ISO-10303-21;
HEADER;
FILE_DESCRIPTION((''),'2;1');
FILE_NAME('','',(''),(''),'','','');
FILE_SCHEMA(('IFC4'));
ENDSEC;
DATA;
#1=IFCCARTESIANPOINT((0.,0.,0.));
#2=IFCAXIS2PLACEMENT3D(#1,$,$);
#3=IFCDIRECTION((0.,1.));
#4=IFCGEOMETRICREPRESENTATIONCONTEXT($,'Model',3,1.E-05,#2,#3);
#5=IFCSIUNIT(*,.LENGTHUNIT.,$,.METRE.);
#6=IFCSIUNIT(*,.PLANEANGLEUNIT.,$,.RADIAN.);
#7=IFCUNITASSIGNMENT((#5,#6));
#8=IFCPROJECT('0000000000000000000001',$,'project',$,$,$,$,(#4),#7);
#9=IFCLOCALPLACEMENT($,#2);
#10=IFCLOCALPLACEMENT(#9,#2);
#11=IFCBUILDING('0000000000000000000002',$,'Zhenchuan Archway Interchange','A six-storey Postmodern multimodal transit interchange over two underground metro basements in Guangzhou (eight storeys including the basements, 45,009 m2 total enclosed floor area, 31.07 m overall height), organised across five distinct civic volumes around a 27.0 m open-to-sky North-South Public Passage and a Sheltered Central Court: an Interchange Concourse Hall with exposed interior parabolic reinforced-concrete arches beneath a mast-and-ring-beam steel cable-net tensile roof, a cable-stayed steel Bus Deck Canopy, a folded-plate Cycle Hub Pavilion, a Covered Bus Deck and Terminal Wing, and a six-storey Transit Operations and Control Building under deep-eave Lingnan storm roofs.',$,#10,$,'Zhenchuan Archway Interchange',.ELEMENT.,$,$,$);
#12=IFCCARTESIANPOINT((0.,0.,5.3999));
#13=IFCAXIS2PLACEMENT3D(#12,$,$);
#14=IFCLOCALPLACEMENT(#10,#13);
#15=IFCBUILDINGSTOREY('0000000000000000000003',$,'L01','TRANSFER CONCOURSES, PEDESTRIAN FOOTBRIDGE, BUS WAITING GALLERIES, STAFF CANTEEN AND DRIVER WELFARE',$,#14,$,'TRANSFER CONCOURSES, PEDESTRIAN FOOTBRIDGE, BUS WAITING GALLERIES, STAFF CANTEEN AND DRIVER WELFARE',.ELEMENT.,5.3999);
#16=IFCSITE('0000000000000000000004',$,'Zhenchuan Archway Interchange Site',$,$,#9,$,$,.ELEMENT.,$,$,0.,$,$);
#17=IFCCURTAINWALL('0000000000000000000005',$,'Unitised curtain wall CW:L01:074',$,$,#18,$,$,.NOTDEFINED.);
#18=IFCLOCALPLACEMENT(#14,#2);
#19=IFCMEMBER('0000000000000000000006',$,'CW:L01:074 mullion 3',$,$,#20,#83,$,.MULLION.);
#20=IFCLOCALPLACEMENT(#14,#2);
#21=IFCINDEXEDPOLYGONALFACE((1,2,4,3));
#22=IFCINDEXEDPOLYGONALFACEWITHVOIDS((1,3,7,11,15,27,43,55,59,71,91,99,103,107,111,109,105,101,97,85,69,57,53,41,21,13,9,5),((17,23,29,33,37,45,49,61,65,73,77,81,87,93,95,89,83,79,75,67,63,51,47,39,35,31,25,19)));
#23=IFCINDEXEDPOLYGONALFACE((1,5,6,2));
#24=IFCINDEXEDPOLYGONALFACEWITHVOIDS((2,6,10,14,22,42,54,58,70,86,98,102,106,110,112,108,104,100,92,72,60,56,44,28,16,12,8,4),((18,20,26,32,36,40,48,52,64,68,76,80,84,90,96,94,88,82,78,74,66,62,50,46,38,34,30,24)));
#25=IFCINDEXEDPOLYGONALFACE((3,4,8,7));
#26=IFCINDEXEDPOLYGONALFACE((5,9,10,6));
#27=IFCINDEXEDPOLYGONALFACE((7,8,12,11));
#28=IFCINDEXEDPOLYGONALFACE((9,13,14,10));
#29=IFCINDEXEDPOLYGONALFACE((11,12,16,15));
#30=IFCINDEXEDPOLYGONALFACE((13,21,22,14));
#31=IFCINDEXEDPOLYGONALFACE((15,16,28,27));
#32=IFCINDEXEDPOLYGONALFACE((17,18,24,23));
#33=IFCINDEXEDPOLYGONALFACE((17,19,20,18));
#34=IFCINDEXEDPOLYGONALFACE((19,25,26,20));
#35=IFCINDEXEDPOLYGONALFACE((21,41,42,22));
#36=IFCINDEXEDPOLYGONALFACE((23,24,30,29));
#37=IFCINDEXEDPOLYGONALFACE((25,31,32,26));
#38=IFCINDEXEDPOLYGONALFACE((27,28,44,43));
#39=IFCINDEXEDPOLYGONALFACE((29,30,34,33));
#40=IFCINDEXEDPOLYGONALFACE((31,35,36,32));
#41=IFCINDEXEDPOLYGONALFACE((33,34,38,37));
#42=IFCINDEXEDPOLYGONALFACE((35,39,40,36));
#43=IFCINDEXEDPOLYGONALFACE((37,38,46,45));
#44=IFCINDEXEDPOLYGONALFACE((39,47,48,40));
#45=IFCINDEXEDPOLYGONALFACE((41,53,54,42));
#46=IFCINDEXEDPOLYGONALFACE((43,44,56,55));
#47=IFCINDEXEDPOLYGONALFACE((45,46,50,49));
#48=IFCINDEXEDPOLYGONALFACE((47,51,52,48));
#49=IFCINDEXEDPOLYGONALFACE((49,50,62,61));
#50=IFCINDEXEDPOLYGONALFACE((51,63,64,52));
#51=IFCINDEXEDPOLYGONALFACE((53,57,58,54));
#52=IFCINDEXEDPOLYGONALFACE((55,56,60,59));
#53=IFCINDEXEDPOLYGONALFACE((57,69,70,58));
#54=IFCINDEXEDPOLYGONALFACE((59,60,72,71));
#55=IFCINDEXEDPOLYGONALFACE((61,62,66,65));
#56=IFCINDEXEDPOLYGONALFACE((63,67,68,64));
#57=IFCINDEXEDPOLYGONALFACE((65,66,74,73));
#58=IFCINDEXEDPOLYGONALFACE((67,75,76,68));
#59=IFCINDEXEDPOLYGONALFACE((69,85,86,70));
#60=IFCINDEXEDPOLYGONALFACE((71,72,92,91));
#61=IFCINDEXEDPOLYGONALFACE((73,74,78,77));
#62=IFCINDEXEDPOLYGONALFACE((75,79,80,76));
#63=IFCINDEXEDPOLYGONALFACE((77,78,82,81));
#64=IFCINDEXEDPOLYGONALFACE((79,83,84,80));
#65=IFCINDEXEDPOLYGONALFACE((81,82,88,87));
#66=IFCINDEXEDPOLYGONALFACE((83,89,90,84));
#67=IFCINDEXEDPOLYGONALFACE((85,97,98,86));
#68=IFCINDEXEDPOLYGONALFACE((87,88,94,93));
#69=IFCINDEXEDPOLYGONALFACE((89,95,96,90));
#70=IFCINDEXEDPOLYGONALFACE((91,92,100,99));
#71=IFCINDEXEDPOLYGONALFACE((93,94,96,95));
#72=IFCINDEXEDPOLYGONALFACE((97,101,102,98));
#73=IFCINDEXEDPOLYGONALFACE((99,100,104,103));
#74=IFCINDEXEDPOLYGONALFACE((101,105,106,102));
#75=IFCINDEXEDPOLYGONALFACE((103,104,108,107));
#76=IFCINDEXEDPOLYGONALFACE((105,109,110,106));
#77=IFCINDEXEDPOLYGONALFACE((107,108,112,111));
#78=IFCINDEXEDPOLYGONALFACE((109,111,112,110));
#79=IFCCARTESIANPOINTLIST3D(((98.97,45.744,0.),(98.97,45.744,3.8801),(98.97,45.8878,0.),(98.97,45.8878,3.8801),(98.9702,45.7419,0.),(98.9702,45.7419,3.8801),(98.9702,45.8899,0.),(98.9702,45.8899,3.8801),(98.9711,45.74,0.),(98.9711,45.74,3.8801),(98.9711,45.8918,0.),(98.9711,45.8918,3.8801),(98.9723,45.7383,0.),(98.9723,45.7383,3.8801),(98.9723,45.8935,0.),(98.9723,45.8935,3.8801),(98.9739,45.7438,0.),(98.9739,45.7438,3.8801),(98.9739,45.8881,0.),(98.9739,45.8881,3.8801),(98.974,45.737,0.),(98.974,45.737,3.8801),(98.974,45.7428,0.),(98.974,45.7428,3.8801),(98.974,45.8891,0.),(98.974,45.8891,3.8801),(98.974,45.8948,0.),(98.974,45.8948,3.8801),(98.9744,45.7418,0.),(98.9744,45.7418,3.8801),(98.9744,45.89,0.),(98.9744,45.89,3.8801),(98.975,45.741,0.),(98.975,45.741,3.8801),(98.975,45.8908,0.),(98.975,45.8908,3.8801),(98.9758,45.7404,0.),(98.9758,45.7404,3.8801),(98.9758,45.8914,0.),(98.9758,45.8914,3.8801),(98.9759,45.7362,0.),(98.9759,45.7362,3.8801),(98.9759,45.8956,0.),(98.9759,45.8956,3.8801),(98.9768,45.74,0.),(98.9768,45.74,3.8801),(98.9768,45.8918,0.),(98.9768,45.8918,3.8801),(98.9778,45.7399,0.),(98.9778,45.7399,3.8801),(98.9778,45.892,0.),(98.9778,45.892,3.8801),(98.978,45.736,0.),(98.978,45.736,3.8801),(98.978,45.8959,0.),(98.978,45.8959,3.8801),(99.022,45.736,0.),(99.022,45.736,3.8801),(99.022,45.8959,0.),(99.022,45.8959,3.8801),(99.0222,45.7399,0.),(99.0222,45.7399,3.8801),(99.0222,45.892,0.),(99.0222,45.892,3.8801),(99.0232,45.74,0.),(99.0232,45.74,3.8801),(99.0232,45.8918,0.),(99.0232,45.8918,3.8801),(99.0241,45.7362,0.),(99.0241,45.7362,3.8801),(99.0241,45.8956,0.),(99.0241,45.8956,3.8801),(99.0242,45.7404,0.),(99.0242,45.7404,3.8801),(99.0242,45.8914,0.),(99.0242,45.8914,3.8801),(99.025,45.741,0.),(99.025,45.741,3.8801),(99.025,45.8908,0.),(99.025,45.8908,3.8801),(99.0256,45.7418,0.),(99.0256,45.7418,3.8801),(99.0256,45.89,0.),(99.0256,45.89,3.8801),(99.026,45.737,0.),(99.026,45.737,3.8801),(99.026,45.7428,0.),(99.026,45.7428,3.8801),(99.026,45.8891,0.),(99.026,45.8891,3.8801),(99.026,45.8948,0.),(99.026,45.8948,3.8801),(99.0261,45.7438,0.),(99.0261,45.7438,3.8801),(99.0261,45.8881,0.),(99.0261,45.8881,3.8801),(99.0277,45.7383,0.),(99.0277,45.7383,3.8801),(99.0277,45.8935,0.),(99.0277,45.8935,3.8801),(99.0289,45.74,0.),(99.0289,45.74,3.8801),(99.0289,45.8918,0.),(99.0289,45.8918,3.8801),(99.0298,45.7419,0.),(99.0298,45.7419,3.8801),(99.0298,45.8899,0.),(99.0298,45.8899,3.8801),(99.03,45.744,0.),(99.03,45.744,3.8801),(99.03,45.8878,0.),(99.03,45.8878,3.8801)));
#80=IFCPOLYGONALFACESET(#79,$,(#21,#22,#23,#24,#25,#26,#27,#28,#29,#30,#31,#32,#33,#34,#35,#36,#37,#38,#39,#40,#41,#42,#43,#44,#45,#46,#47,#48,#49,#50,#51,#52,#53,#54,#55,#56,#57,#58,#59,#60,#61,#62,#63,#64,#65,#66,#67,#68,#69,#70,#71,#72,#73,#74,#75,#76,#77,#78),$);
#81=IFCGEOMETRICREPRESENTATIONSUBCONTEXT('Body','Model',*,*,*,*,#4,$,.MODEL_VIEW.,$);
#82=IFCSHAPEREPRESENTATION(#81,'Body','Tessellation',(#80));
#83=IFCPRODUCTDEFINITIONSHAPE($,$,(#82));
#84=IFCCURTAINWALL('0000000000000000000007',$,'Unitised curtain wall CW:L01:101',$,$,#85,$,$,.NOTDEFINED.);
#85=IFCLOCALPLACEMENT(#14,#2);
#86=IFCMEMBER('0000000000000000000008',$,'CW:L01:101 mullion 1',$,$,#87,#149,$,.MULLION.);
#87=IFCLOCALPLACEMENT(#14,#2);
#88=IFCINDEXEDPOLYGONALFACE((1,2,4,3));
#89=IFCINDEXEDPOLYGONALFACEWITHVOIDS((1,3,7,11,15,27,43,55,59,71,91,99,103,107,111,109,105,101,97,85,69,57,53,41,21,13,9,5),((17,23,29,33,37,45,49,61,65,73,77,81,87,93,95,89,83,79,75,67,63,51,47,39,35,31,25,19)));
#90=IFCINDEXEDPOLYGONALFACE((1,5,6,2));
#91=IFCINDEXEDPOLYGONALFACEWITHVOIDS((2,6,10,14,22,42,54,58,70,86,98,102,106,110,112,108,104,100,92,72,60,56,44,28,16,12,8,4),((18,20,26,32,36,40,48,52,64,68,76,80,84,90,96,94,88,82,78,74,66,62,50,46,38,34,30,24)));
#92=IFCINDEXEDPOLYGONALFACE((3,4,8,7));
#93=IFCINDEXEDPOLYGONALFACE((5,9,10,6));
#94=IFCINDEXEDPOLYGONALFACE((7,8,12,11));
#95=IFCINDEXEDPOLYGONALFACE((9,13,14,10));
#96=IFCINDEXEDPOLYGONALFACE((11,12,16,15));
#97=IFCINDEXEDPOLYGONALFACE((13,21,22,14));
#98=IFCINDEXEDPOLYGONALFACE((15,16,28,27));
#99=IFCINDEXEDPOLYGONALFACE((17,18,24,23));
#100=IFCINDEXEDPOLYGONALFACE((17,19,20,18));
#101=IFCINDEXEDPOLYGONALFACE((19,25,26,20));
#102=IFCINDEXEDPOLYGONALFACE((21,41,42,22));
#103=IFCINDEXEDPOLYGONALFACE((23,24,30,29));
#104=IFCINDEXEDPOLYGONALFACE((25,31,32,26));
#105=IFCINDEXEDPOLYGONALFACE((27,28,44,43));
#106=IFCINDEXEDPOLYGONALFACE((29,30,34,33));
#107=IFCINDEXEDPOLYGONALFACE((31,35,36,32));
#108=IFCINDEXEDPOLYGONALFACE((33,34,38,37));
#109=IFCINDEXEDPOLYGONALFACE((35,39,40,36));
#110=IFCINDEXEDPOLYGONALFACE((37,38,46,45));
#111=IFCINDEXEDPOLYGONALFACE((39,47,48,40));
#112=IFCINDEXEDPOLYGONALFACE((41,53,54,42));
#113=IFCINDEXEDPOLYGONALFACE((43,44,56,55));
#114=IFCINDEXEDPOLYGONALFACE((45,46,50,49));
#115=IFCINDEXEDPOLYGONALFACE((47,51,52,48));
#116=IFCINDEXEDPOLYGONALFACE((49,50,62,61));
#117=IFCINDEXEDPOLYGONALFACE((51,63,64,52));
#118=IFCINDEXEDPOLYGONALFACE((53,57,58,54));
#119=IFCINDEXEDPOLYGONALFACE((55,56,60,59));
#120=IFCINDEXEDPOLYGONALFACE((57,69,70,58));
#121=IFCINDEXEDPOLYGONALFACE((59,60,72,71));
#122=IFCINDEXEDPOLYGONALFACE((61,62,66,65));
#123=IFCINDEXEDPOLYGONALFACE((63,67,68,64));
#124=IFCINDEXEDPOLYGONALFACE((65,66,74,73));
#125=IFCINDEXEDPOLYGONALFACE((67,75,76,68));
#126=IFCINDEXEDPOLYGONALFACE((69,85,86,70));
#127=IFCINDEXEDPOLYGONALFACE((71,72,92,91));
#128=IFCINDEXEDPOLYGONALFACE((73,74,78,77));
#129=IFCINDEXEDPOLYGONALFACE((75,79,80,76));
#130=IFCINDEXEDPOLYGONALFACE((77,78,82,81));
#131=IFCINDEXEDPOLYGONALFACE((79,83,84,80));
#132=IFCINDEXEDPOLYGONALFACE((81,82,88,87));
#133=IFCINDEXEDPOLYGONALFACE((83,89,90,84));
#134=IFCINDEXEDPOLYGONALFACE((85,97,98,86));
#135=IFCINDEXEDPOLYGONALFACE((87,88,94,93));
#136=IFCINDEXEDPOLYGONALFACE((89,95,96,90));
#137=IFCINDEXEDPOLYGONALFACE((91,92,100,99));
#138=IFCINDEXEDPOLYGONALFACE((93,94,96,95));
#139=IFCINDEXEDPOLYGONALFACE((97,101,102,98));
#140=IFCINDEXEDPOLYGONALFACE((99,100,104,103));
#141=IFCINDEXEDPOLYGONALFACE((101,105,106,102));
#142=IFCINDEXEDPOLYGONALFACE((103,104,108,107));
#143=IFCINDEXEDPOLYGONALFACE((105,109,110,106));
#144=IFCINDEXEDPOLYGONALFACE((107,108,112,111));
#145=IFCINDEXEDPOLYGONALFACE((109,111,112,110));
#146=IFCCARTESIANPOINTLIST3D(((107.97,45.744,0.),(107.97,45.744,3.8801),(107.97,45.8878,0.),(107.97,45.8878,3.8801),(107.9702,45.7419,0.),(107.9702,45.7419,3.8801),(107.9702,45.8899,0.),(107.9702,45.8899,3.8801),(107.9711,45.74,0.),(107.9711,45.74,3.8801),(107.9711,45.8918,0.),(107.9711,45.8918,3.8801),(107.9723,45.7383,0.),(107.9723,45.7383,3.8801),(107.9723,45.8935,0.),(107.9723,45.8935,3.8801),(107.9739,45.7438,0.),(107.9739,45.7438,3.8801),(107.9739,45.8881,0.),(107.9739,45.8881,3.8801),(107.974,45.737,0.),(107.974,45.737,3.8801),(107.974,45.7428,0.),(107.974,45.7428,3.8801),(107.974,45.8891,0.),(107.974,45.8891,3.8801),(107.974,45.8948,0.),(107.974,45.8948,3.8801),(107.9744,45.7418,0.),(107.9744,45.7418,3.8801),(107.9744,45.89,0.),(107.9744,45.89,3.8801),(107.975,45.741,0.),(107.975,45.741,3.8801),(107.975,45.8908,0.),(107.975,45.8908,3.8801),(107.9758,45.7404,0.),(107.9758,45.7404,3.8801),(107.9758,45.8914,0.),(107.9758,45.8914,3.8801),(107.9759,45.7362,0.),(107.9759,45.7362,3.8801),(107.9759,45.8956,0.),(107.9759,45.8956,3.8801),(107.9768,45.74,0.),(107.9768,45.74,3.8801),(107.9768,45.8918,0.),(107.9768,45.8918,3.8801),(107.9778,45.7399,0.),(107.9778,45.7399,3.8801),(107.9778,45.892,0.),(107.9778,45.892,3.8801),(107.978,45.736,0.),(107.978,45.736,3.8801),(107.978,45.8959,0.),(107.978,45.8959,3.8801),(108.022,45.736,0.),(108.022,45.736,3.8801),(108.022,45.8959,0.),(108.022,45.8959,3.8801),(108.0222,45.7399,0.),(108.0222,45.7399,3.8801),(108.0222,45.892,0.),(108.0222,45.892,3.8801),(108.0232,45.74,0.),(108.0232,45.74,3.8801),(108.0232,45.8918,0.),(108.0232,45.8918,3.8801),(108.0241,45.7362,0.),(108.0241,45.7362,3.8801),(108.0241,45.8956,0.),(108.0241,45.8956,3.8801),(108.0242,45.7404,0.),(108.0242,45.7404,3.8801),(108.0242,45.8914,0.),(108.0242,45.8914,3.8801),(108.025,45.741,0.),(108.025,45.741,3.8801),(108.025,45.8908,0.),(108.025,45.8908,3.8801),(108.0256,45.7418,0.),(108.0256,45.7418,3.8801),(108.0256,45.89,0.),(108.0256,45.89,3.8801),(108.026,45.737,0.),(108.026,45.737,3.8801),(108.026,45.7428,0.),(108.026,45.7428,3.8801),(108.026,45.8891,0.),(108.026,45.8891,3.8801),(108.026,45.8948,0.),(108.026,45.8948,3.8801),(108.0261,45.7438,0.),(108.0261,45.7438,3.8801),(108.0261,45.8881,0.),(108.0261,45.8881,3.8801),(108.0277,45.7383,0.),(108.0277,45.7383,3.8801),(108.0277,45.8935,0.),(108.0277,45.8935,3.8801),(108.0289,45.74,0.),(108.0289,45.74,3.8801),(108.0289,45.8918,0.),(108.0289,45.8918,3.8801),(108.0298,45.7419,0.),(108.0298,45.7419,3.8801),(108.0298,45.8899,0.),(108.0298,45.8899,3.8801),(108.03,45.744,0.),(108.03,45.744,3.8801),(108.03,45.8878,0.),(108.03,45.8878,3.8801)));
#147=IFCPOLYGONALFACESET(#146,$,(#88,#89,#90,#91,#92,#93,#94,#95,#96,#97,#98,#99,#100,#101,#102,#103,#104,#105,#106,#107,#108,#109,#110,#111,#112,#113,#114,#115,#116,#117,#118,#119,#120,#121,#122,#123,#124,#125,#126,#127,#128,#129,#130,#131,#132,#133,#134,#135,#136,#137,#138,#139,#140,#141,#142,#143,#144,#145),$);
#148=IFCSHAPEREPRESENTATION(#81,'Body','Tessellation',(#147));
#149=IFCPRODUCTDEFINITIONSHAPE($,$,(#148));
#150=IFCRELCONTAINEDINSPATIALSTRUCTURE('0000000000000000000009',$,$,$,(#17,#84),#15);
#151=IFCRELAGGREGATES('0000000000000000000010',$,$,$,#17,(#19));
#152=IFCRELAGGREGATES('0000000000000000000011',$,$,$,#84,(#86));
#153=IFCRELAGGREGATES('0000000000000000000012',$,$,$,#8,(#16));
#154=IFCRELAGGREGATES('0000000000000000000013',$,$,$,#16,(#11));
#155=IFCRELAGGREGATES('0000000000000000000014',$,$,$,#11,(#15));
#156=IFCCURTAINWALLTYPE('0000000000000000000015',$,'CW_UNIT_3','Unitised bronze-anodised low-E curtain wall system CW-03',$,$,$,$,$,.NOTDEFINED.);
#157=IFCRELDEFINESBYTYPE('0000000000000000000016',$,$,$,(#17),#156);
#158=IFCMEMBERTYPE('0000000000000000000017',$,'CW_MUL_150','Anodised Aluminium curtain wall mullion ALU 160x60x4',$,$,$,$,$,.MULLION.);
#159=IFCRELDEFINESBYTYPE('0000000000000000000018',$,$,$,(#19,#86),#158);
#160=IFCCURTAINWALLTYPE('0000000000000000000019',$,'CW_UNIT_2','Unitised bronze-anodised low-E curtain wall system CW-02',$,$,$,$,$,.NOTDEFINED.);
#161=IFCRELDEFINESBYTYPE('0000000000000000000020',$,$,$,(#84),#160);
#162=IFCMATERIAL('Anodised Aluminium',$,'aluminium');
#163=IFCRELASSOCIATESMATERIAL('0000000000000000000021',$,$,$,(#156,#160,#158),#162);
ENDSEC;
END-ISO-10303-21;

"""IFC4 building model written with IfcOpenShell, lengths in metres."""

from ifc_helpers import new_model, si_unit, direction, frame, origin, origin_2d, place, context, subcontext, project, spatial, hollow_rectangle, extrude, material, material_profile, profile_set, type_object, element, aggregate, save


model = new_model("IFC4")

# Units and contexts
model_context = context("Model", 3, precision=1e-05, world=origin(), true_north=direction((0.0, 1.0)))
body_context = subcontext(model_context, "Body", "Model", "MODEL_VIEW")
ifc_project = project(units=[si_unit("LENGTHUNIT", "METRE"), si_unit("PLANEANGLEUNIT", "RADIAN")], contexts=[model_context])

# Site, building, storey
site_placement = place(None, origin())
site = spatial("IfcSite", under=ifc_project, at=site_placement, Name="Zhenchuan Archway Interchange Site", CompositionType="ELEMENT", RefElevation=0.0)
building_placement = place(site_placement, origin())
building = spatial("IfcBuilding", under=site, at=building_placement, Name="Zhenchuan Archway Interchange", Description="A six-storey Postmodern multimodal transit interchange over two underground metro basements in Guangzhou (eight storeys including the basements, 45,009 m2 total enclosed floor area, 31.07 m overall height), organised across five distinct civic volumes around a 27.0 m open-to-sky North-South Public Passage and a Sheltered Central Court: an Interchange Concourse Hall with exposed interior parabolic reinforced-concrete arches beneath a mast-and-ring-beam steel cable-net tensile roof, a cable-stayed steel Bus Deck Canopy, a folded-plate Cycle Hub Pavilion, a Covered Bus Deck and Terminal Wing, and a six-storey Transit Operations and Control Building under deep-eave Lingnan storm roofs.", LongName="Zhenchuan Archway Interchange", CompositionType="ELEMENT")
storey_placement = place(building_placement, frame((0.0, 0.0, 5.3999)))
storey = spatial("IfcBuildingStorey", under=building, at=storey_placement, Name="L01", Description="TRANSFER CONCOURSES, PEDESTRIAN FOOTBRIDGE, BUS WAITING GALLERIES, STAFF CANTEEN AND DRIVER WELFARE", LongName="TRANSFER CONCOURSES, PEDESTRIAN FOOTBRIDGE, BUS WAITING GALLERIES, STAFF CANTEEN AND DRIVER WELFARE", CompositionType="ELEMENT", Elevation=5.3999)

# Curtain wall, member
ifc_material_1 = material(Name="Anodised Aluminium", Category="aluminium")
curtain_wall_type_1 = type_object("IfcCurtainWallType", Name="CW_UNIT_3", Description="Unitised bronze-anodised low-E curtain wall system CW-03", PredefinedType="NOTDEFINED", material=ifc_material_1)
curtain_wall_1_placement = place(storey_placement, origin())
curtain_wall_1 = element("IfcCurtainWall", 1, at=curtain_wall_1_placement, inside=storey, type_object=curtain_wall_type_1, Name="Unitised curtain wall CW:L01:074", PredefinedType="NOTDEFINED")
ifc_material_profile_1 = material_profile(ifc_material_1, hollow_rectangle(XDim=0.0601, YDim=0.1599, WallThickness=0.0039, InnerFilletRadius=0.0039, OuterFilletRadius=0.0081, at=origin_2d()), Name="ALU 160x60x4")
ifc_profile_set_1 = profile_set([ifc_material_profile_1], Name="Anodised Aluminium")
member_type_1 = type_object("IfcMemberType", Name="CW_MUL_150", Description="Anodised Aluminium curtain wall mullion ALU 160x60x4", PredefinedType="MULLION", material=ifc_profile_set_1)
member_1_placement = place(storey_placement, frame((99.0, 45.8159, 0.0), z_axis=(0.0, 0.0, 1.0), x_axis=(1.0, 0.0, 0.0)))
member_1 = element("IfcMember", 2, at=member_1_placement, type_object=member_type_1, Name="CW:L01:074 mullion 3", PredefinedType="MULLION", context=body_context, shape_type="SweptSolid", body=[
    extrude(hollow_rectangle(XDim=0.0601, YDim=0.1599, WallThickness=0.0039, InnerFilletRadius=0.0039, OuterFilletRadius=0.0081, at=origin_2d()), origin(), (0.0, 0.0, 1.0), 3.8801),
])

# Curtain wall, member
curtain_wall_type_2 = type_object("IfcCurtainWallType", Name="CW_UNIT_2", Description="Unitised bronze-anodised low-E curtain wall system CW-02", PredefinedType="NOTDEFINED", material=ifc_material_1)
curtain_wall_2_placement = place(storey_placement, origin())
curtain_wall_2 = element("IfcCurtainWall", 3, at=curtain_wall_2_placement, inside=storey, type_object=curtain_wall_type_2, Name="Unitised curtain wall CW:L01:101", PredefinedType="NOTDEFINED")
member_2_placement = place(storey_placement, frame((108.0, 45.8159, 0.0), z_axis=(0.0, 0.0, 1.0), x_axis=(1.0, 0.0, 0.0)))
member_2 = element("IfcMember", 4, at=member_2_placement, type_object=member_type_1, Name="CW:L01:101 mullion 1", PredefinedType="MULLION", context=body_context, shape_type="SweptSolid", body=[
    extrude(hollow_rectangle(XDim=0.0601, YDim=0.1599, WallThickness=0.0039, InnerFilletRadius=0.0039, OuterFilletRadius=0.0081, at=origin_2d()), origin(), (0.0, 0.0, 1.0), 3.8801),
])

aggregate(curtain_wall_1, [member_1])
aggregate(curtain_wall_2, [member_2])

save(model, "model.ifc")
